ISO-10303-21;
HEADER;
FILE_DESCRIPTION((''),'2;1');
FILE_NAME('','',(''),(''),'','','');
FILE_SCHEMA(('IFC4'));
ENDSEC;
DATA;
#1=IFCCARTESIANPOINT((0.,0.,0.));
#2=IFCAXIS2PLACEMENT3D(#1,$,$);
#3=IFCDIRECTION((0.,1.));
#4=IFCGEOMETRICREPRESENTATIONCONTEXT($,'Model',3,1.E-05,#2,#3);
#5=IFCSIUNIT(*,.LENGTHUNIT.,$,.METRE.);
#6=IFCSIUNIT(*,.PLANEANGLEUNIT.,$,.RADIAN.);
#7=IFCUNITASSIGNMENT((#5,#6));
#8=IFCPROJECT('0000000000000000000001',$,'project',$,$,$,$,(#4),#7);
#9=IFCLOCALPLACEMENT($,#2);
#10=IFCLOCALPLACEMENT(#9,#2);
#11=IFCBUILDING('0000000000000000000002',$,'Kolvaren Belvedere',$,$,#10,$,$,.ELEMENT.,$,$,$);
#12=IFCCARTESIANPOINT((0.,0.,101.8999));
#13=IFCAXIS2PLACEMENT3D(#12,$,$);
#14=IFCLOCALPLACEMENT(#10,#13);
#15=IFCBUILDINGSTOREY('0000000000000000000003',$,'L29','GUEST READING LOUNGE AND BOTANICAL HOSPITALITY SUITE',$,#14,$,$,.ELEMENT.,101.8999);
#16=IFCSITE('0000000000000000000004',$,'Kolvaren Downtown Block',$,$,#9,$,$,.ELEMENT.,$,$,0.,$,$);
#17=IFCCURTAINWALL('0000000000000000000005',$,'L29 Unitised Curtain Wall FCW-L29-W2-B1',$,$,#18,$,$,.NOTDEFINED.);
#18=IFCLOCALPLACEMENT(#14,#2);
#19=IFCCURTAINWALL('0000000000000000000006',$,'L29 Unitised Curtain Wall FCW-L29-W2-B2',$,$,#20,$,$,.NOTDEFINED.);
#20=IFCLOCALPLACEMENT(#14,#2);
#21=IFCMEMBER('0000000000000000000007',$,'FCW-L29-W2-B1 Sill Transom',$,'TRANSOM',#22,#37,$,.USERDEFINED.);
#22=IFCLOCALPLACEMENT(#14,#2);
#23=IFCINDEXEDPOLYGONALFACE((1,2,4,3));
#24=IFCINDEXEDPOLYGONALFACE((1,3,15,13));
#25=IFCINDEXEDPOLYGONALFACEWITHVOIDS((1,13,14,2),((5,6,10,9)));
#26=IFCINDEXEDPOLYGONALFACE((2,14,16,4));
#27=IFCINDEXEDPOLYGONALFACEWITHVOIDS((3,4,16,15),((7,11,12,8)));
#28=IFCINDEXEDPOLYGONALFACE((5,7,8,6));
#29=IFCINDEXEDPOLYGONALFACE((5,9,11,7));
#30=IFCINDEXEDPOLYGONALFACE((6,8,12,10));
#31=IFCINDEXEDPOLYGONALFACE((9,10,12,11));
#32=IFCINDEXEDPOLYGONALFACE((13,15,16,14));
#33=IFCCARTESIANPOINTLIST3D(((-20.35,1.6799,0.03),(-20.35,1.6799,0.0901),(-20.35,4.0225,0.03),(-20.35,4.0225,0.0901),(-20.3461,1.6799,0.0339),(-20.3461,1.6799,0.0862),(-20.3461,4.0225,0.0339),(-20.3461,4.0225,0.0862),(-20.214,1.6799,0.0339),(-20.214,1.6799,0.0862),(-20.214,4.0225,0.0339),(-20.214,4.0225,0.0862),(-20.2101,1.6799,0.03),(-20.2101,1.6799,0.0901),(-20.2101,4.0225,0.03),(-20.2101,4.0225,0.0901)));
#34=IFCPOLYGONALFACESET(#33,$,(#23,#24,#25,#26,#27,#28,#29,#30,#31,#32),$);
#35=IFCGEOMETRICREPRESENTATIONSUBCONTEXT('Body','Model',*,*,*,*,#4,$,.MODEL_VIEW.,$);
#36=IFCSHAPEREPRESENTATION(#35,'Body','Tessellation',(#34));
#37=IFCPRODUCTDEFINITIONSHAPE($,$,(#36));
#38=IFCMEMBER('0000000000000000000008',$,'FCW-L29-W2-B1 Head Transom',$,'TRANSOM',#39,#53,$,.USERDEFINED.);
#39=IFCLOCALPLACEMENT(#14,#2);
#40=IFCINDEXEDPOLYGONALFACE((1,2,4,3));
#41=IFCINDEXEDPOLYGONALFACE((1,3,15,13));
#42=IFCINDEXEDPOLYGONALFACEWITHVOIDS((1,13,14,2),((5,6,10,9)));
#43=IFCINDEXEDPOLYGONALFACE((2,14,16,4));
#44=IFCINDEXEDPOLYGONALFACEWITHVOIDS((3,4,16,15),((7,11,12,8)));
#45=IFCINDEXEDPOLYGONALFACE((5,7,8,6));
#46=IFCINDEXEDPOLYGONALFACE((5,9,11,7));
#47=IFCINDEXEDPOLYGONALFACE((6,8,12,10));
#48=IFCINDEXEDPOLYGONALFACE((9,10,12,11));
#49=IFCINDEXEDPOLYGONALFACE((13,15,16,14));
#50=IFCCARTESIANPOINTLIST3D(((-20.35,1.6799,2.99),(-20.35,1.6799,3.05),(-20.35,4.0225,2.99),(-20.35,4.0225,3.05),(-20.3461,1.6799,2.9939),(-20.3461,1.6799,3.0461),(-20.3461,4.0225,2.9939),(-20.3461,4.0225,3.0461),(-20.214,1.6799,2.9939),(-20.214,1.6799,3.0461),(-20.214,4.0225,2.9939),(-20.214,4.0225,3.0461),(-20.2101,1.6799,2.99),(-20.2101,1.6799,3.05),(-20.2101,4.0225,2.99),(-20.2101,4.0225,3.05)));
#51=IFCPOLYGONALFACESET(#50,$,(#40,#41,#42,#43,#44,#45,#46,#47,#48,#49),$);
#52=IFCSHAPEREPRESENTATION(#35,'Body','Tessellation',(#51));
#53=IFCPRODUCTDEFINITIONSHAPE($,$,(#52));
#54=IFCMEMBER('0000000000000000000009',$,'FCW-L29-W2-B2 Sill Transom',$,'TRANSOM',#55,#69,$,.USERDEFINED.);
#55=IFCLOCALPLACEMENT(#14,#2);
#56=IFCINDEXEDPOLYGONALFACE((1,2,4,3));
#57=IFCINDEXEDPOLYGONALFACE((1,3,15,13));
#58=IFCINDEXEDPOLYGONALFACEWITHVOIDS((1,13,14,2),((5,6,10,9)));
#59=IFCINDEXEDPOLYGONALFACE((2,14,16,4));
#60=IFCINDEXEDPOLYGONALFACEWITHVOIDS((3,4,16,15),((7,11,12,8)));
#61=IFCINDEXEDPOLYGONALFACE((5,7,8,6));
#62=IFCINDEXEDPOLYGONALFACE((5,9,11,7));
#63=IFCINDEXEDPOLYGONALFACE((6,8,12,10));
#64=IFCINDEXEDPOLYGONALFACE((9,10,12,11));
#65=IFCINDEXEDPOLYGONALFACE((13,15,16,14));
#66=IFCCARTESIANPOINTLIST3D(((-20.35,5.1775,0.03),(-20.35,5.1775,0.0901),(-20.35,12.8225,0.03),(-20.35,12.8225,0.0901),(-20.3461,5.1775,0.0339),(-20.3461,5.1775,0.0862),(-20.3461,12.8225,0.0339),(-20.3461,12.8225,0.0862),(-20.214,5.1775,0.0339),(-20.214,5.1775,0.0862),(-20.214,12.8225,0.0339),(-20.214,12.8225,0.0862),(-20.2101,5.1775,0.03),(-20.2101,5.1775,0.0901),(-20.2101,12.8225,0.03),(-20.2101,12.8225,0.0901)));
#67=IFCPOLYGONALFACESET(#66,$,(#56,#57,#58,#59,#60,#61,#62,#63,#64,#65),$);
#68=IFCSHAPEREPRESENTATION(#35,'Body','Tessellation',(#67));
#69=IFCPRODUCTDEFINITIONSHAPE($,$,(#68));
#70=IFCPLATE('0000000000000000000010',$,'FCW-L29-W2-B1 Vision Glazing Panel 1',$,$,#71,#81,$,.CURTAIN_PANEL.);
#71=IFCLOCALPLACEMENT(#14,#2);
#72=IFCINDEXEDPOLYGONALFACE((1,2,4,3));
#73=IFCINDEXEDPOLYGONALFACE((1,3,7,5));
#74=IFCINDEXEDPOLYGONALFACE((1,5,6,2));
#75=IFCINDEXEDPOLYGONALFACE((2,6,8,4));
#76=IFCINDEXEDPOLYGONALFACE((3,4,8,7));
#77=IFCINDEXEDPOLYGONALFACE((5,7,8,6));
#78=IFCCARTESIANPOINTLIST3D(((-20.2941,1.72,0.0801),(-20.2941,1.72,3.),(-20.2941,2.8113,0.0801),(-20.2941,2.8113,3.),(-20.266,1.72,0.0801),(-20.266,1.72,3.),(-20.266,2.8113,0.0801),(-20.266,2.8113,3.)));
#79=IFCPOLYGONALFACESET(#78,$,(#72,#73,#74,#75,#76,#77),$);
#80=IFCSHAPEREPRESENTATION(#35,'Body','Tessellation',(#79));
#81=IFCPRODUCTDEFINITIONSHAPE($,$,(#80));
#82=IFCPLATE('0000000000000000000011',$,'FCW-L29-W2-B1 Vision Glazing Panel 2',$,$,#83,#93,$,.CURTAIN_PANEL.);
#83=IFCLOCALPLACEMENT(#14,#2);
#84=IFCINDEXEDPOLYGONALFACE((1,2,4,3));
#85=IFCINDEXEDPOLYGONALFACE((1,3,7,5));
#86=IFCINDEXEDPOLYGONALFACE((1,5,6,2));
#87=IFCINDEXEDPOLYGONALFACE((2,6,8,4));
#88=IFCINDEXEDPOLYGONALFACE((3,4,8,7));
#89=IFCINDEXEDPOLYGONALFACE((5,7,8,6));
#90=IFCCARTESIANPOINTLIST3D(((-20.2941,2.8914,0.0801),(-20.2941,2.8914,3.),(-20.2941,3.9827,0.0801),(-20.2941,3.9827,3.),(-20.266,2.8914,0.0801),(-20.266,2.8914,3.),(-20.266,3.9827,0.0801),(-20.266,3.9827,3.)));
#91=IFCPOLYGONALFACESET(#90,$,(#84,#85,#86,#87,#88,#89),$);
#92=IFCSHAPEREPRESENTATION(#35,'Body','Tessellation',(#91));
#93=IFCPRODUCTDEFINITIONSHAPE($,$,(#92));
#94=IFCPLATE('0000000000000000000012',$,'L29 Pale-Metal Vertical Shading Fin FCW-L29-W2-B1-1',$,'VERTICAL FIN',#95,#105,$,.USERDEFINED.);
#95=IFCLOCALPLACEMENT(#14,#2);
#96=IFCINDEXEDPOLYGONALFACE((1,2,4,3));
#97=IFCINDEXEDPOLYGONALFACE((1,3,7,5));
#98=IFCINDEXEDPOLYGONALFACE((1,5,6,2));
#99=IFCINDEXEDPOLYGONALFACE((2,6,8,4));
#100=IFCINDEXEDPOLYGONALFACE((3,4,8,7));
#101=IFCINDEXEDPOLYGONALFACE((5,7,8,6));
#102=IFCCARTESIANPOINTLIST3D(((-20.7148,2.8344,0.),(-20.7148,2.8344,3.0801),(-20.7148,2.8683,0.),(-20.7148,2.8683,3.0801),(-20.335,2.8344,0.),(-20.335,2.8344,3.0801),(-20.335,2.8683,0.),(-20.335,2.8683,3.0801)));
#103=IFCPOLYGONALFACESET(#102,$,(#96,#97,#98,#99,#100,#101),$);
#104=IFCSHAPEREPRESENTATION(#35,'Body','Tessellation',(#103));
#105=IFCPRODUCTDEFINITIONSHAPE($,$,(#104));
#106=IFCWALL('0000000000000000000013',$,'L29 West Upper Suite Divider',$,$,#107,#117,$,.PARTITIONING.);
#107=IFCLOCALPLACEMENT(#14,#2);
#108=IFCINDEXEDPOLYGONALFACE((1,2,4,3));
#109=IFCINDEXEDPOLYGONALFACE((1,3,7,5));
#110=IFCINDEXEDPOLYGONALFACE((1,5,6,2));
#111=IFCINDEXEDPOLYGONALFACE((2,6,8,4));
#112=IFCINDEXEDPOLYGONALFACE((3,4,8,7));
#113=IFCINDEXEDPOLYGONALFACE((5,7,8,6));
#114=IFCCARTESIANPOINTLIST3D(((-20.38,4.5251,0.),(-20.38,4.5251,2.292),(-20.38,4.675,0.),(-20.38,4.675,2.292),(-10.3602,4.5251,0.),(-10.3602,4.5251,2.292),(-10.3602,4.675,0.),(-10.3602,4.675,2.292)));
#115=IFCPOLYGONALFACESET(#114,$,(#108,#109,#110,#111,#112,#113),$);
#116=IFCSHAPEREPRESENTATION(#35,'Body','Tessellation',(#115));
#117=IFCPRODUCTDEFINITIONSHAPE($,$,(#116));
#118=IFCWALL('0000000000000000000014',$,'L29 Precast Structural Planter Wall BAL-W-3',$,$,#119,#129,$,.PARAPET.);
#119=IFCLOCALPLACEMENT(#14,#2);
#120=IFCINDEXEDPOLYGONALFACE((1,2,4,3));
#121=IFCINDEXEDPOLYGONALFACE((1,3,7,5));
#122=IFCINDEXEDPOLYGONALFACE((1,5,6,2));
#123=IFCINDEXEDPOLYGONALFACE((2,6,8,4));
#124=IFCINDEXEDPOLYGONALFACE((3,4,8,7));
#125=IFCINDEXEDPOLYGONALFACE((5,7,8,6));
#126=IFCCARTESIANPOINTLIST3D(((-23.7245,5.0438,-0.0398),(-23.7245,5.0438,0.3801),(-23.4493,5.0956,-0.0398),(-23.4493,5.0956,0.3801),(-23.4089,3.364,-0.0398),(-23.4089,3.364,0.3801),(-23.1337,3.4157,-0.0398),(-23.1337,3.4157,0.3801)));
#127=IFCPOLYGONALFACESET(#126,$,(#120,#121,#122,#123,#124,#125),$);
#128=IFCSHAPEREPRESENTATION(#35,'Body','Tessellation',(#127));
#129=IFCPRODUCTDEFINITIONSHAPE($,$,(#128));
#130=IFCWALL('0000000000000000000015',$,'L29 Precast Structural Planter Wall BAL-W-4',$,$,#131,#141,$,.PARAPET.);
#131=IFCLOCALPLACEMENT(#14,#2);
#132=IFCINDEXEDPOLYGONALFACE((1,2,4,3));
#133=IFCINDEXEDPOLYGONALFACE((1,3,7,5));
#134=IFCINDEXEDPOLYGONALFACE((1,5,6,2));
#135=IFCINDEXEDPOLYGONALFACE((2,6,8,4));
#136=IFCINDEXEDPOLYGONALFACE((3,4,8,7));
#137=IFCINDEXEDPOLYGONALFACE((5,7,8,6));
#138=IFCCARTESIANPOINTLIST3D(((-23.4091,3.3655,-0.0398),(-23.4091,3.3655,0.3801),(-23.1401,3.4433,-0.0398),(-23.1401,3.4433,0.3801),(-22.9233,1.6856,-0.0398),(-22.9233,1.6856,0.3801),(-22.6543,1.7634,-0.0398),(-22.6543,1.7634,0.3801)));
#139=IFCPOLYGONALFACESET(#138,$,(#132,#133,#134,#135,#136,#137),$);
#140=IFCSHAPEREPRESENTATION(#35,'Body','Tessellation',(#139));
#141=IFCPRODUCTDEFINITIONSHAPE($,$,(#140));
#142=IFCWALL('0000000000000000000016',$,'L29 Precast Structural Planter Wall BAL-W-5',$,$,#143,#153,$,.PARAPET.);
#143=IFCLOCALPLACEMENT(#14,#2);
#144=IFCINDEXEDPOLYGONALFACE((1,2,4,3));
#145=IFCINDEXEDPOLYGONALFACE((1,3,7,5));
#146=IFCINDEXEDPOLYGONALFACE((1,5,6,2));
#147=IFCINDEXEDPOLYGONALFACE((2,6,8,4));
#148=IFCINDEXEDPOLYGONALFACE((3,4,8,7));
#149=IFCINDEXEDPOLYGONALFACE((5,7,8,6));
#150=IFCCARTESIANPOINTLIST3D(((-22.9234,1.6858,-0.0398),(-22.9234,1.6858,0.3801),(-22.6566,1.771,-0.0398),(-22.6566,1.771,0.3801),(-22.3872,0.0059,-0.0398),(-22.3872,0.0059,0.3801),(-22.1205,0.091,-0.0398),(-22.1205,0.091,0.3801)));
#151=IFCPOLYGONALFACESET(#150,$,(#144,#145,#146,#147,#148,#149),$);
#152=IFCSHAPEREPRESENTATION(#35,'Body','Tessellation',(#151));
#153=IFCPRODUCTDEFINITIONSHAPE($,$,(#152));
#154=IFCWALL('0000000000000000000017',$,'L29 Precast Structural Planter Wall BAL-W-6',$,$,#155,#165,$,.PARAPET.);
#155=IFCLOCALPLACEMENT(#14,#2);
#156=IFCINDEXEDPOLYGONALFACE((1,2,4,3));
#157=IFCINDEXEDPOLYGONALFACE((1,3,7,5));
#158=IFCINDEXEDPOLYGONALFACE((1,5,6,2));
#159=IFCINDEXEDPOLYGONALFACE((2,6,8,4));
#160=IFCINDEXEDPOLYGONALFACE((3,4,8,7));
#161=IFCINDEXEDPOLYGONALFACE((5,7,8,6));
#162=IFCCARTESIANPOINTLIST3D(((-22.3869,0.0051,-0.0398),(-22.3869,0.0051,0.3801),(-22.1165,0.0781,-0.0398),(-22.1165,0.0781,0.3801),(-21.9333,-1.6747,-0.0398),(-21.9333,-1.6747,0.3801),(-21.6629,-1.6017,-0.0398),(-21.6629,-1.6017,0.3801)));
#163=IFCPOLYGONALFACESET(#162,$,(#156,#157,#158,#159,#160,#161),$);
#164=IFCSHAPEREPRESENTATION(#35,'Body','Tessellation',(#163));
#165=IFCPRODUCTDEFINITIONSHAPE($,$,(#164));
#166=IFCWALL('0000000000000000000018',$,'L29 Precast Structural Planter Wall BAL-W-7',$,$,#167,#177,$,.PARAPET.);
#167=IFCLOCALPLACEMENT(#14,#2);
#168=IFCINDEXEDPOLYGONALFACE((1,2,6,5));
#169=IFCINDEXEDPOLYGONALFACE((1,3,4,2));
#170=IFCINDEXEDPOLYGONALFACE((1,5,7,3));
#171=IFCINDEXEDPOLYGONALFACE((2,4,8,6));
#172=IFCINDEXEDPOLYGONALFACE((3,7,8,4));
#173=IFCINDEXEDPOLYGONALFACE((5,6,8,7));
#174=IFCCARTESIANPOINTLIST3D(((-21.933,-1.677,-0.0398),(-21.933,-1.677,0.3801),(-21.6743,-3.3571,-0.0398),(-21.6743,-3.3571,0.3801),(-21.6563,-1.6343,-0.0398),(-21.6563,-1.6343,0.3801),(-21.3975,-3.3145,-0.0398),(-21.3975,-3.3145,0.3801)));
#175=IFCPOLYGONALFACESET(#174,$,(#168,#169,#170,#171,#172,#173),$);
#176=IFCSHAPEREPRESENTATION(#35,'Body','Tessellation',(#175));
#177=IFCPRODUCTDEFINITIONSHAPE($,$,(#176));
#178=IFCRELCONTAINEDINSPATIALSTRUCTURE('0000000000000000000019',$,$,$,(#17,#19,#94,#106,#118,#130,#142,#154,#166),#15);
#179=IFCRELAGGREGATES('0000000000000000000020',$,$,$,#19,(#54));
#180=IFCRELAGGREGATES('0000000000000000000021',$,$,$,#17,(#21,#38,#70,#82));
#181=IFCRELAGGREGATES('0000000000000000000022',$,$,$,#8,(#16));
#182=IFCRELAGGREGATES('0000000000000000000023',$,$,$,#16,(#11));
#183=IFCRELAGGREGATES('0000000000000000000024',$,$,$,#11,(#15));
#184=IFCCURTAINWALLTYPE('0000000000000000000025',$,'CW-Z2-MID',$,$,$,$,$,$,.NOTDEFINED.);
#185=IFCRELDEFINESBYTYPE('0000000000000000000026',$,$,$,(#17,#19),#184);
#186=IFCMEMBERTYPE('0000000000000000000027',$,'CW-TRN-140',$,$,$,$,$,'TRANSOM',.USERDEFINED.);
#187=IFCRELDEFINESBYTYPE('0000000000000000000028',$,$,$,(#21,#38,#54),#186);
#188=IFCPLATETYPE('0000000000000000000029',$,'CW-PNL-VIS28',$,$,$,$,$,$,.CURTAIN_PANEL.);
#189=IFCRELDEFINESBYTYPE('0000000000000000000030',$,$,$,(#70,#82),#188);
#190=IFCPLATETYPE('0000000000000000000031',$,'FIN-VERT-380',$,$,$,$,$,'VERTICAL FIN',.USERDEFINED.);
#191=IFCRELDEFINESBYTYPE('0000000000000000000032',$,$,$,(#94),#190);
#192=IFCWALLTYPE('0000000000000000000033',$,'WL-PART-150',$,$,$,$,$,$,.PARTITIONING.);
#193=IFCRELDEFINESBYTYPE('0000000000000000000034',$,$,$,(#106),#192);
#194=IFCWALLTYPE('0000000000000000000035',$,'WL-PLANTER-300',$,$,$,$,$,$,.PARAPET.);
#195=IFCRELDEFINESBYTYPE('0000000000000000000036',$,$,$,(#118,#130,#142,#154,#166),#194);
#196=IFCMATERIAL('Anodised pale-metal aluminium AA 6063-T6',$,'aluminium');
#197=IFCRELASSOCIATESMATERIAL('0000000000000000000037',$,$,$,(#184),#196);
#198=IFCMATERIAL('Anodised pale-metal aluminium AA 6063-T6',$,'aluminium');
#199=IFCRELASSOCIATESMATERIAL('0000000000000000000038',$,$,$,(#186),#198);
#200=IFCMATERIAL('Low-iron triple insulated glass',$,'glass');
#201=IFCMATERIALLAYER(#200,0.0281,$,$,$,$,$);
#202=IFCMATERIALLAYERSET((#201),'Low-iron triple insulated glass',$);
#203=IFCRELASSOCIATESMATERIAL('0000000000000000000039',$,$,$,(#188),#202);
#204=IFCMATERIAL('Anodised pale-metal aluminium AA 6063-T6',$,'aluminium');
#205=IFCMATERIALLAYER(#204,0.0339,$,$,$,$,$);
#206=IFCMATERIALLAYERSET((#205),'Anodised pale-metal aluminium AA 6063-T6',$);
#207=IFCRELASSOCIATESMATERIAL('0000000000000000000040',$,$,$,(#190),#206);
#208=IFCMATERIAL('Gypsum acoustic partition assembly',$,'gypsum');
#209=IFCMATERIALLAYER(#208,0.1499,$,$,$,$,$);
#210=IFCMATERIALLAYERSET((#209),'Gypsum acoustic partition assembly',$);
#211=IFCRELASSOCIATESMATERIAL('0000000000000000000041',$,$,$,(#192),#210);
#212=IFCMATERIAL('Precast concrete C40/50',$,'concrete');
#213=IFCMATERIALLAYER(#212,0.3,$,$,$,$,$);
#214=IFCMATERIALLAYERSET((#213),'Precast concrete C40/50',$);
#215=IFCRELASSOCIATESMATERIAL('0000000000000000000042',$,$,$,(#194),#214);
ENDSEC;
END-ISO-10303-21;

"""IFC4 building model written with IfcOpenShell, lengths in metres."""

from ifc_helpers import new_model, si_unit, direction, frame, frame_2d, origin, origin_2d, place, context, subcontext, project, spatial, rectangle, hollow_rectangle, extrude, material, layer, layer_set, material_profile, profile_set, type_object, element, aggregate, save


model = new_model("IFC4")

# Units and contexts
model_context = context("Model", 3, precision=1e-05, world=origin(), true_north=direction((0.0, 1.0)))
body_context = subcontext(model_context, "Body", "Model", "MODEL_VIEW")
ifc_project = project(units=[si_unit("LENGTHUNIT", "METRE"), si_unit("PLANEANGLEUNIT", "RADIAN")], contexts=[model_context])

# Site, building, storey
site_placement = place(None, origin())
site = spatial("IfcSite", under=ifc_project, at=site_placement, Name="Kolvaren Downtown Block", CompositionType="ELEMENT", RefElevation=0.0)
building_placement = place(site_placement, origin())
building = spatial("IfcBuilding", under=site, at=building_placement, Name="Kolvaren Belvedere", CompositionType="ELEMENT")
storey_placement = place(building_placement, frame((0.0, 0.0, 101.8999)))
storey = spatial("IfcBuildingStorey", under=building, at=storey_placement, Name="L29", Description="GUEST READING LOUNGE AND BOTANICAL HOSPITALITY SUITE", CompositionType="ELEMENT", Elevation=101.8999)

# Curtain wall
ifc_material_1 = material(Name="Anodised pale-metal aluminium AA 6063-T6", Category="aluminium")
curtain_wall_type = type_object("IfcCurtainWallType", Name="CW-Z2-MID", PredefinedType="NOTDEFINED", material=ifc_material_1)
curtain_wall_1_placement = place(storey_placement, origin())
curtain_wall_1 = element("IfcCurtainWall", 1, at=curtain_wall_1_placement, inside=storey, type_object=curtain_wall_type, Name="L29 Unitised Curtain Wall FCW-L29-W2-B1", PredefinedType="NOTDEFINED")

# Curtain wall
curtain_wall_2_placement = place(storey_placement, origin())
curtain_wall_2 = element("IfcCurtainWall", 2, at=curtain_wall_2_placement, inside=storey, type_object=curtain_wall_type, Name="L29 Unitised Curtain Wall FCW-L29-W2-B2", PredefinedType="NOTDEFINED")

# Members
ifc_material_2 = material(Name="Anodised pale-metal aluminium AA 6063-T6", Category="aluminium")
ifc_material_profile_1 = material_profile(ifc_material_2, hollow_rectangle(XDim=0.0601, YDim=0.1399, WallThickness=0.0039, at=origin_2d()), Name="ALU-TRN-140X60")
ifc_profile_set_1 = profile_set([ifc_material_profile_1], Name="Anodised pale-metal aluminium AA 6063-T6")
member_type_1 = type_object("IfcMemberType", Name="CW-TRN-140", ElementType="TRANSOM", PredefinedType="USERDEFINED", material=ifc_profile_set_1)
member_1_placement = place(storey_placement, frame((-20.28, 1.6799, 0.0601), z_axis=(0.0, 1.0, 0.0), x_axis=(0.0, 0.0, 1.0)))
member_1 = element("IfcMember", 3, at=member_1_placement, type_object=member_type_1, Name="FCW-L29-W2-B1 Sill Transom", ObjectType="TRANSOM", PredefinedType="USERDEFINED", context=body_context, shape_type="SweptSolid", body=[
    extrude(hollow_rectangle(XDim=0.0601, YDim=0.1399, WallThickness=0.0039, at=origin_2d()), origin(), (0.0, 0.0, 1.0), 2.3425),
])
member_2_placement = place(storey_placement, frame((-20.28, 1.6799, 3.02), z_axis=(0.0, 1.0, 0.0), x_axis=(0.0, 0.0, 1.0)))
member_2 = element("IfcMember", 4, at=member_2_placement, type_object=member_type_1, Name="FCW-L29-W2-B1 Head Transom", ObjectType="TRANSOM", PredefinedType="USERDEFINED", context=body_context, shape_type="SweptSolid", body=[
    extrude(hollow_rectangle(XDim=0.0601, YDim=0.1399, WallThickness=0.0039, at=origin_2d()), origin(), (0.0, 0.0, 1.0), 2.3425),
])
member_3_placement = place(storey_placement, frame((-20.28, 5.1775, 0.0601), z_axis=(0.0, 1.0, 0.0), x_axis=(0.0, 0.0, 1.0)))
member_3 = element("IfcMember", 5, at=member_3_placement, type_object=member_type_1, Name="FCW-L29-W2-B2 Sill Transom", ObjectType="TRANSOM", PredefinedType="USERDEFINED", context=body_context, shape_type="SweptSolid", body=[
    extrude(hollow_rectangle(XDim=0.0601, YDim=0.1399, WallThickness=0.0039, at=origin_2d()), origin(), (0.0, 0.0, 1.0), 7.645),
])
aggregate(curtain_wall_2, [member_3])

# Plates
ifc_material_3 = material(Name="Low-iron triple insulated glass", Category="glass")
ifc_layer_1 = layer(ifc_material_3, 0.0281)
ifc_layer_set_1 = layer_set([ifc_layer_1], Name="Low-iron triple insulated glass")
plate_type_1 = type_object("IfcPlateType", Name="CW-PNL-VIS28", PredefinedType="CURTAIN_PANEL", material=ifc_layer_set_1)
plate_1_placement = place(storey_placement, frame((-20.28, 2.2656, 0.0801), z_axis=(0.0, 0.0, 1.0), x_axis=(0.0, 1.0, 0.0)))
plate_1 = element("IfcPlate", 6, at=plate_1_placement, type_object=plate_type_1, Name="FCW-L29-W2-B1 Vision Glazing Panel 1", PredefinedType="CURTAIN_PANEL", context=body_context, shape_type="SweptSolid", body=[
    extrude(rectangle(XDim=1.0913, YDim=0.0281, at=origin_2d()), origin(), (0.0, 0.0, 1.0), 2.9199),
])
plate_2_placement = place(storey_placement, frame((-20.28, 3.437, 0.0801), z_axis=(0.0, 0.0, 1.0), x_axis=(0.0, 1.0, 0.0)))
plate_2 = element("IfcPlate", 7, at=plate_2_placement, type_object=plate_type_1, Name="FCW-L29-W2-B1 Vision Glazing Panel 2", PredefinedType="CURTAIN_PANEL", context=body_context, shape_type="SweptSolid", body=[
    extrude(rectangle(XDim=1.0913, YDim=0.0281, at=origin_2d()), origin(), (0.0, 0.0, 1.0), 2.9199),
])
aggregate(curtain_wall_1, [member_1, member_2, plate_1, plate_2])
ifc_material_4 = material(Name="Anodised pale-metal aluminium AA 6063-T6", Category="aluminium")
ifc_layer_2 = layer(ifc_material_4, 0.0339)
ifc_layer_set_2 = layer_set([ifc_layer_2], Name="Anodised pale-metal aluminium AA 6063-T6")
plate_type_2 = type_object("IfcPlateType", Name="FIN-VERT-380", ElementType="VERTICAL FIN", PredefinedType="USERDEFINED", material=ifc_layer_set_2)
plate_3_placement = place(storey_placement, frame((-20.5249, 2.8513, 0.0), z_axis=(0.0, 0.0, 1.0), x_axis=(1.0, 0.0, 0.0)))
element("IfcPlate", 8, at=plate_3_placement, inside=storey, type_object=plate_type_2, Name="L29 Pale-Metal Vertical Shading Fin FCW-L29-W2-B1-1", ObjectType="VERTICAL FIN", PredefinedType="USERDEFINED", context=body_context, shape_type="SweptSolid", body=[
    extrude(rectangle(XDim=0.3799, YDim=0.0339, at=origin_2d()), origin(), (0.0, 0.0, 1.0), 3.0801),
])

# Walls
ifc_material_5 = material(Name="Gypsum acoustic partition assembly", Category="gypsum")
ifc_layer_3 = layer(ifc_material_5, 0.1499)
ifc_layer_set_3 = layer_set([ifc_layer_3], Name="Gypsum acoustic partition assembly")
wall_type_1 = type_object("IfcWallType", Name="WL-PART-150", PredefinedType="PARTITIONING", material=ifc_layer_set_3)
wall_1_placement = place(storey_placement, frame((-20.3799, 4.6001, 0.0), z_axis=(0.0, 0.0, 1.0), x_axis=(1.0, 0.0, 0.0)))
element("IfcWall", 9, at=wall_1_placement, inside=storey, type_object=wall_type_1, Name="L29 West Upper Suite Divider", PredefinedType="PARTITIONING", context=body_context, shape_type="SweptSolid", body=[
    extrude(rectangle(XDim=10.0198, YDim=0.1499, at=frame_2d((5.0098, 0.0))), origin(), (0.0, 0.0, 1.0), 2.292),
])
ifc_material_6 = material(Name="Precast concrete C40/50", Category="concrete")
ifc_layer_4 = layer(ifc_material_6, 0.3)
ifc_layer_set_4 = layer_set([ifc_layer_4], Name="Precast concrete C40/50")
wall_type_2 = type_object("IfcWallType", Name="WL-PLANTER-300", PredefinedType="PARAPET", material=ifc_layer_set_4)
wall_2_placement = place(storey_placement, frame((-23.5869, 5.0696, -0.0398), z_axis=(0.0, 0.0, 1.0), x_axis=(0.184677, -0.982799, 0.0)))
element("IfcWall", 10, at=wall_2_placement, inside=storey, type_object=wall_type_2, Name="L29 Precast Structural Planter Wall BAL-W-3", PredefinedType="PARAPET", context=body_context, shape_type="SweptSolid", body=[
    extrude(rectangle(XDim=1.7092, YDim=0.28, at=frame_2d((0.8545, 0.0))), origin(), (0.0, 0.0, 1.0), 0.4199),
])
wall_3_placement = place(storey_placement, frame((-23.2747, 3.4045, -0.0398), z_axis=(0.0, 0.0, 1.0), x_axis=(0.277817, -0.960634, 0.0)))
element("IfcWall", 11, at=wall_3_placement, inside=storey, type_object=wall_type_2, Name="L29 Precast Structural Planter Wall BAL-W-4", PredefinedType="PARAPET", context=body_context, shape_type="SweptSolid", body=[
    extrude(rectangle(XDim=1.7488, YDim=0.28, at=frame_2d((0.8745, 0.0))), origin(), (0.0, 0.0, 1.0), 0.4199),
])
wall_4_placement = place(storey_placement, frame((-22.79, 1.7285, -0.0398), z_axis=(0.0, 0.0, 1.0), x_axis=(0.304032, -0.952662, 0.0)))
element("IfcWall", 12, at=wall_4_placement, inside=storey, type_object=wall_type_2, Name="L29 Precast Structural Planter Wall BAL-W-5", PredefinedType="PARAPET", context=body_context, shape_type="SweptSolid", body=[
    extrude(rectangle(XDim=1.7634, YDim=0.28, at=frame_2d((0.8818, 0.0))), origin(), (0.0, 0.0, 1.0), 0.4199),
])
wall_5_placement = place(storey_placement, frame((-22.2517, 0.0417, -0.0398), z_axis=(0.0, 0.0, 1.0), x_axis=(0.260683, -0.965424, 0.0)))
element("IfcWall", 13, at=wall_5_placement, inside=storey, type_object=wall_type_2, Name="L29 Precast Structural Planter Wall BAL-W-6", PredefinedType="PARAPET", context=body_context, shape_type="SweptSolid", body=[
    extrude(rectangle(XDim=1.74, YDim=0.28, at=frame_2d((0.8701, 0.0))), origin(), (0.0, 0.0, 1.0), 0.4199),
])
wall_6_placement = place(storey_placement, frame((-21.7947, -1.6555, -0.0398), z_axis=(0.0, 0.0, 1.0), x_axis=(0.15223, -0.988345, 0.0)))
element("IfcWall", 14, at=wall_6_placement, inside=storey, type_object=wall_type_2, Name="L29 Precast Structural Planter Wall BAL-W-7", PredefinedType="PARAPET", context=body_context, shape_type="SweptSolid", body=[
    extrude(rectangle(XDim=1.7, YDim=0.28, at=frame_2d((0.8501, 0.0))), origin(), (0.0, 0.0, 1.0), 0.4199),
])

save(model, "model.ifc")
